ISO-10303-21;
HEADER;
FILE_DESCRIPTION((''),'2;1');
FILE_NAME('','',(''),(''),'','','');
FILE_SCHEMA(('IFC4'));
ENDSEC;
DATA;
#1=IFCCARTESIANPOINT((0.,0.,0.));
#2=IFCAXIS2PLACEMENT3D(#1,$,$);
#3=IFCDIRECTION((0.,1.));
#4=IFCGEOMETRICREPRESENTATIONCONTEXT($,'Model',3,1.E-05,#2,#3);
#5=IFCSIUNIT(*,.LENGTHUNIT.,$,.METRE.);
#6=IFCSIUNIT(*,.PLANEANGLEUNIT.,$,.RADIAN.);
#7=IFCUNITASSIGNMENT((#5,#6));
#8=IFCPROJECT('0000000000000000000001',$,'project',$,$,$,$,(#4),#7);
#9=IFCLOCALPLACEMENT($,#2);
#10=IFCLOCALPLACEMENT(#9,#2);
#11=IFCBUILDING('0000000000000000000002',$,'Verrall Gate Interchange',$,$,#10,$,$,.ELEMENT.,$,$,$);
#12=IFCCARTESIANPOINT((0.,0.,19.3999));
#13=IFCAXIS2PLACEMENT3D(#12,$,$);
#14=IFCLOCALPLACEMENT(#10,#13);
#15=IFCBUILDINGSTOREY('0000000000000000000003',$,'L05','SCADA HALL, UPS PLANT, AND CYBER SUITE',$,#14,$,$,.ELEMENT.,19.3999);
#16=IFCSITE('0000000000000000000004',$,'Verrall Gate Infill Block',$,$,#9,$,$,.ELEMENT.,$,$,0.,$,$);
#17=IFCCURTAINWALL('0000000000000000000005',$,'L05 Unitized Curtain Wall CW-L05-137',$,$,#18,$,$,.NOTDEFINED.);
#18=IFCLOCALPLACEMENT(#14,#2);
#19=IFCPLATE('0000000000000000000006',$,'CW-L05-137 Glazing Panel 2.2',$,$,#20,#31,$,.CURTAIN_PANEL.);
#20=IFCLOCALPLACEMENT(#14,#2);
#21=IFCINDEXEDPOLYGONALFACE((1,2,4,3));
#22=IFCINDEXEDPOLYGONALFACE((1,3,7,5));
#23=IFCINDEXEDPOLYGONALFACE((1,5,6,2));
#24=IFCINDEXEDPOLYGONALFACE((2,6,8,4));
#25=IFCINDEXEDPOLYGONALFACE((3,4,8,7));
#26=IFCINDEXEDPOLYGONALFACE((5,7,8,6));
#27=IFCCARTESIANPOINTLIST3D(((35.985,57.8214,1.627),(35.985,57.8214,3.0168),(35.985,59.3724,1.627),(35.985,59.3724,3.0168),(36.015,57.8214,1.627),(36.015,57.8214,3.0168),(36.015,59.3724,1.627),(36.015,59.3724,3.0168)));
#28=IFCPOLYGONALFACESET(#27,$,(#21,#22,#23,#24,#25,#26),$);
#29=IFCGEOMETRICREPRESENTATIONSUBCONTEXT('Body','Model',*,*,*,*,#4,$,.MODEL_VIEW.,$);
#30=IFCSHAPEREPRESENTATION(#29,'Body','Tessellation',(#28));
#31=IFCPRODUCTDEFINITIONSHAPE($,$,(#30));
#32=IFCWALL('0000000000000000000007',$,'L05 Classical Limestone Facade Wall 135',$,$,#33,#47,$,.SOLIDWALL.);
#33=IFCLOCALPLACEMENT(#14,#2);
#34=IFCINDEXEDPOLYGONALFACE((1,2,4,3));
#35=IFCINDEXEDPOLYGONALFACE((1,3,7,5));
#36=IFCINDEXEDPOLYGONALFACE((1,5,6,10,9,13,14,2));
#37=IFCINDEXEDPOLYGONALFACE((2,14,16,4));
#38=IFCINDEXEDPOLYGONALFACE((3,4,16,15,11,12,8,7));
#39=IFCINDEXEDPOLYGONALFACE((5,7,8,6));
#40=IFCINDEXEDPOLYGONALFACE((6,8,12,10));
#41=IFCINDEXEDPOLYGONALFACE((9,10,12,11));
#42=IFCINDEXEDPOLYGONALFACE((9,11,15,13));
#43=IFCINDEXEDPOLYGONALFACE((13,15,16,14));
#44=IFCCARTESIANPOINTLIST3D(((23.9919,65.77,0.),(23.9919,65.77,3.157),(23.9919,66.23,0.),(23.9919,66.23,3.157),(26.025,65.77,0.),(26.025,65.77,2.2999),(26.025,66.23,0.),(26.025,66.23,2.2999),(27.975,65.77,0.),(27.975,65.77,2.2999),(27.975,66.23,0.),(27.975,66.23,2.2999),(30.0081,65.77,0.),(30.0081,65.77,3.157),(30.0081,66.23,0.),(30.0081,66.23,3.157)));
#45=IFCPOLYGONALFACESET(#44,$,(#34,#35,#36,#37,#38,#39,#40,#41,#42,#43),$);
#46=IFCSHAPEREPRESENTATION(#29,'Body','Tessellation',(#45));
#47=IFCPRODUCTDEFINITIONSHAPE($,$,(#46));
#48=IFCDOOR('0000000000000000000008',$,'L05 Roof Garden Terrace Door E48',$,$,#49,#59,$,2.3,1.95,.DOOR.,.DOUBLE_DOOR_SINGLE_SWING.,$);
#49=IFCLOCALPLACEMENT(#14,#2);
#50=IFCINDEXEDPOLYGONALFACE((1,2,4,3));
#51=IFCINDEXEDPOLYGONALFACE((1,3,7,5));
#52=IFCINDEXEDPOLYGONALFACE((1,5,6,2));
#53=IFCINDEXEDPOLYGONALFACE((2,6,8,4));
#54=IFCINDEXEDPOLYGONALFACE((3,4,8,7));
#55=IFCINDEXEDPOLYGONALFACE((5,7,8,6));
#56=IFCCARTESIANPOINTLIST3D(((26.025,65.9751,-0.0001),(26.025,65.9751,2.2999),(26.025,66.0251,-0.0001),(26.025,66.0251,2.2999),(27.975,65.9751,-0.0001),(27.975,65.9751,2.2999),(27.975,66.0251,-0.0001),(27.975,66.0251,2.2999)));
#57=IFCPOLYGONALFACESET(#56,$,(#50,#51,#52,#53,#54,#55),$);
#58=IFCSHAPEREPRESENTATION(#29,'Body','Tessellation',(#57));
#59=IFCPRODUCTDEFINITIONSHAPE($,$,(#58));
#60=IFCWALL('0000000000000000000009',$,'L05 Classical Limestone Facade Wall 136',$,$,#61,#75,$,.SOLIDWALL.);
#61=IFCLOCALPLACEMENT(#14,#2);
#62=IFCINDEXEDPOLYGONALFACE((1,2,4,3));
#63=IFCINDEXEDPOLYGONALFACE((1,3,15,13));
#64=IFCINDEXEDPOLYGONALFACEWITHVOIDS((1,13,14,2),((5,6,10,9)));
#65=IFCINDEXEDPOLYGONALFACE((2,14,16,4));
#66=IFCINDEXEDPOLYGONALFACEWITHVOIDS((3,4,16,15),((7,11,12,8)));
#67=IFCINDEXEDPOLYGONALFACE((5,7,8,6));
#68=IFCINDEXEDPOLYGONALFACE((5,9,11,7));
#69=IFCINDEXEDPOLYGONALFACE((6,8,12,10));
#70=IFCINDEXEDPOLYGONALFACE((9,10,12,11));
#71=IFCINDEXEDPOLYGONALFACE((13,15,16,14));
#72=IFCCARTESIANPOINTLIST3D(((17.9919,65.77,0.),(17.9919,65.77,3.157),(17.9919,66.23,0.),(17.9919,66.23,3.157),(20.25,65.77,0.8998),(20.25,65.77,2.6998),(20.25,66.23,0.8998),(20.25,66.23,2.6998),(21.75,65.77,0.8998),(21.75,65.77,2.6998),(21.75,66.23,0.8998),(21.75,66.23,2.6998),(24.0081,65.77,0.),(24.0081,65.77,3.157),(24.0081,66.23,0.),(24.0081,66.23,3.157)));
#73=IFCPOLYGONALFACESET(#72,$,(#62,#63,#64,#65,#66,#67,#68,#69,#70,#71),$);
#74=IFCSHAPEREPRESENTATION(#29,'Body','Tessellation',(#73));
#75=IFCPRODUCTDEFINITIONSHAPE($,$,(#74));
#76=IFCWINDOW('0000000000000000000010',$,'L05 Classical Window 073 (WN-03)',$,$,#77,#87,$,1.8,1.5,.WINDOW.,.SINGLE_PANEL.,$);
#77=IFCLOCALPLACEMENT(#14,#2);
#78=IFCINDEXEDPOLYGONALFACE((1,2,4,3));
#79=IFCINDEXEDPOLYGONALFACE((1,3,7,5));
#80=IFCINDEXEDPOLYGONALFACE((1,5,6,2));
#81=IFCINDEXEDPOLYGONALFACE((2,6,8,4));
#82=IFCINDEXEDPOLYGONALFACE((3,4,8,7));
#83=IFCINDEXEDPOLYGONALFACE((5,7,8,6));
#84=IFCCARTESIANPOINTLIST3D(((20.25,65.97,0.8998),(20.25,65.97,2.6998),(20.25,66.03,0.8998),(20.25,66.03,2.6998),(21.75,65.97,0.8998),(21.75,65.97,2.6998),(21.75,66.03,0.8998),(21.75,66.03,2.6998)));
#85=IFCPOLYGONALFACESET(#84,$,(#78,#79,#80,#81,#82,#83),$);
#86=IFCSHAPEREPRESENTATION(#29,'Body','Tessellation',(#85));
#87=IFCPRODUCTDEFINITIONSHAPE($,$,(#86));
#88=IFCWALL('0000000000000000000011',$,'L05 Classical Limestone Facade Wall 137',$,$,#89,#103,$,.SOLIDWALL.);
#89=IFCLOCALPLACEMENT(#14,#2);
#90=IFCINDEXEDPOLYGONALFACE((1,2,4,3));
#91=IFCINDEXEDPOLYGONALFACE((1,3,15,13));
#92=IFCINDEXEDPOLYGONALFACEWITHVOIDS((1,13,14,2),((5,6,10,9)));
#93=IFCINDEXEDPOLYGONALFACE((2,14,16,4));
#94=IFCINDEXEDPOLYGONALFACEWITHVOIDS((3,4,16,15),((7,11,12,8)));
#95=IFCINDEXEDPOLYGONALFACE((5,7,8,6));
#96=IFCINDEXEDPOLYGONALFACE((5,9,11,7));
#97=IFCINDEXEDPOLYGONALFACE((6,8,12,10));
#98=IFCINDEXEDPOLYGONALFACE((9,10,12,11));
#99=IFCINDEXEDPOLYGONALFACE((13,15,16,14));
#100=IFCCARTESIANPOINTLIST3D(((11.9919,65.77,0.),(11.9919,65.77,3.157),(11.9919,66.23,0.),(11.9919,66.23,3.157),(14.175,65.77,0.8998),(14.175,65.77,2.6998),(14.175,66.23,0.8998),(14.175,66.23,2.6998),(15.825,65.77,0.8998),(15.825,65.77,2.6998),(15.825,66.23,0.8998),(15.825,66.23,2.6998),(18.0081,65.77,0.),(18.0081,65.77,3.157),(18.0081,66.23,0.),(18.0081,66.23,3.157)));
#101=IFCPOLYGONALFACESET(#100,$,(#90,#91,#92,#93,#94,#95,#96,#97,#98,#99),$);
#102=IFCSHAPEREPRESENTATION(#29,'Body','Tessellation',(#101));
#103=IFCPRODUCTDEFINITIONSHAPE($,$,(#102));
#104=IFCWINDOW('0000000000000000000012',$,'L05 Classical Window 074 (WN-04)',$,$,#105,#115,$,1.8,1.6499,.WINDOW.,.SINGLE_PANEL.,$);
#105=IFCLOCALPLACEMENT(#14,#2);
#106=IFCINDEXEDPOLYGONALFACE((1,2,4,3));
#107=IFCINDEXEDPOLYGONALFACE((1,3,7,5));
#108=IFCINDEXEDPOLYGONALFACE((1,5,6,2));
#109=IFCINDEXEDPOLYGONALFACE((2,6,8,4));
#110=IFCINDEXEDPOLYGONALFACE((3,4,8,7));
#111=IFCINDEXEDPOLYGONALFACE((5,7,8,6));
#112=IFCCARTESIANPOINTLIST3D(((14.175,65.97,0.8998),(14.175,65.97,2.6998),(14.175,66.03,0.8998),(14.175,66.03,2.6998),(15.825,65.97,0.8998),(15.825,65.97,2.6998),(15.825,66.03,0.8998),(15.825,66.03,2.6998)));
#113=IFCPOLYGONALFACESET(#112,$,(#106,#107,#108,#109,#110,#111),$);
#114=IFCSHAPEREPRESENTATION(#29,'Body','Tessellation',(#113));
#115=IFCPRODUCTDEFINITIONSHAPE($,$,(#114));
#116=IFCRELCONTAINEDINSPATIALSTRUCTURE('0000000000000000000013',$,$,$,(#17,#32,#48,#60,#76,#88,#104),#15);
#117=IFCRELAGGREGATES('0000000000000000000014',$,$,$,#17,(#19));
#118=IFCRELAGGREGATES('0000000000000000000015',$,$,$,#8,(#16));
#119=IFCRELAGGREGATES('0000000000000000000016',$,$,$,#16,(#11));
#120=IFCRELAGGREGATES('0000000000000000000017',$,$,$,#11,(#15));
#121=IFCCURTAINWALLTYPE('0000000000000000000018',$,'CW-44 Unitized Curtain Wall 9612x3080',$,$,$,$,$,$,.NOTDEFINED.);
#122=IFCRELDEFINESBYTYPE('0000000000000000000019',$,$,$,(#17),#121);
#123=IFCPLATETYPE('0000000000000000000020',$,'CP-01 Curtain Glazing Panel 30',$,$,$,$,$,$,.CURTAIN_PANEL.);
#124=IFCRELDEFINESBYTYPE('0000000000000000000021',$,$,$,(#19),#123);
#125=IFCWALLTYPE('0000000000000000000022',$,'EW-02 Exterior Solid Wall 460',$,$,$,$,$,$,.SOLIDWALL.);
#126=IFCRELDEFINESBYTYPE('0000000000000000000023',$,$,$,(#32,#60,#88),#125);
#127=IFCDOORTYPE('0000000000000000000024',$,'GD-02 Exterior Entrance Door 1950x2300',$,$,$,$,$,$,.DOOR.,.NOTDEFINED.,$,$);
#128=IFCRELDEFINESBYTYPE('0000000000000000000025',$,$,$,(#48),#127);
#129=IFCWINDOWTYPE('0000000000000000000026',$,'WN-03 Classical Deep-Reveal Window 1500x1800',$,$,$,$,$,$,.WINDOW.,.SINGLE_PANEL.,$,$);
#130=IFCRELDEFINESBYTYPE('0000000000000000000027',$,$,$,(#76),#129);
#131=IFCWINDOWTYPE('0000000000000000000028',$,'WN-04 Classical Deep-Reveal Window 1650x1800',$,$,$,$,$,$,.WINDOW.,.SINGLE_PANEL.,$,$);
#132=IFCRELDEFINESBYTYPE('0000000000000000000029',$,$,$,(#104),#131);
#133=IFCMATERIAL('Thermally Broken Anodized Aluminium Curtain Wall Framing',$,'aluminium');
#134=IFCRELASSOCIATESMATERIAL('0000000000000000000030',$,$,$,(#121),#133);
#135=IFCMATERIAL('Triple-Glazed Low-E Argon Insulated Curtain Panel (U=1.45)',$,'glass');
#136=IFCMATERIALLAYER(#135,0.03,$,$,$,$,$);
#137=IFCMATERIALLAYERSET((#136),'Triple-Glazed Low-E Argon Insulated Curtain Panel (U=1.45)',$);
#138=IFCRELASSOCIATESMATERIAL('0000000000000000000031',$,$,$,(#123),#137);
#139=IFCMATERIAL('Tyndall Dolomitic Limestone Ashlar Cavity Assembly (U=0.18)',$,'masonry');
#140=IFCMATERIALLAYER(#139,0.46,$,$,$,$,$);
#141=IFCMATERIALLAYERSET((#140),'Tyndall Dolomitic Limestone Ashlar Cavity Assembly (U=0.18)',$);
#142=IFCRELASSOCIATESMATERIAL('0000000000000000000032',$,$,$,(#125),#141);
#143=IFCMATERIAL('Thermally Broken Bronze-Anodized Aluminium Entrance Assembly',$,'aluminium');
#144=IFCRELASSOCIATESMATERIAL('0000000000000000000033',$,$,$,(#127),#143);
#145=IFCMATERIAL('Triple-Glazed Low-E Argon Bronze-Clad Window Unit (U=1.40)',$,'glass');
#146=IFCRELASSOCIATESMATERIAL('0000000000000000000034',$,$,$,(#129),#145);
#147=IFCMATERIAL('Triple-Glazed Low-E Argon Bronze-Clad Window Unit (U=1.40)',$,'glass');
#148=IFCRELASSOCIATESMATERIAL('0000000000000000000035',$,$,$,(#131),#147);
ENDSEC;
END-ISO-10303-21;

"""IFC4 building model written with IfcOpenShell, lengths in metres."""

from ifc_helpers import new_model, si_unit, direction, frame, frame_2d, origin, origin_2d, place, context, subcontext, project, spatial, rectangle, extrude, material, layer, layer_set, type_object, element, fill, aggregate, save


model = new_model("IFC4")

# Units and contexts
model_context = context("Model", 3, precision=1e-05, world=origin(), true_north=direction((0.0, 1.0)))
body_context = subcontext(model_context, "Body", "Model", "MODEL_VIEW")
ifc_project = project(units=[si_unit("LENGTHUNIT", "METRE"), si_unit("PLANEANGLEUNIT", "RADIAN")], contexts=[model_context])

# Site, building, storey
site_placement = place(None, origin())
site = spatial("IfcSite", under=ifc_project, at=site_placement, Name="Verrall Gate Infill Block", CompositionType="ELEMENT", RefElevation=0.0)
building_placement = place(site_placement, origin())
building = spatial("IfcBuilding", under=site, at=building_placement, Name="Verrall Gate Interchange", CompositionType="ELEMENT")
storey_placement = place(building_placement, frame((0.0, 0.0, 19.3999)))
storey = spatial("IfcBuildingStorey", under=building, at=storey_placement, Name="L05", Description="SCADA HALL, UPS PLANT, AND CYBER SUITE", CompositionType="ELEMENT", Elevation=19.3999)

# Curtain wall, plate
ifc_material_1 = material(Name="Thermally Broken Anodized Aluminium Curtain Wall Framing", Category="aluminium")
curtain_wall_type = type_object("IfcCurtainWallType", Name="CW-44 Unitized Curtain Wall 9612x3080", PredefinedType="NOTDEFINED", material=ifc_material_1)
curtain_wall_placement = place(storey_placement, origin())
curtain_wall = element("IfcCurtainWall", 1, at=curtain_wall_placement, inside=storey, type_object=curtain_wall_type, Name="L05 Unitized Curtain Wall CW-L05-137", PredefinedType="NOTDEFINED")
ifc_material_2 = material(Name="Triple-Glazed Low-E Argon Insulated Curtain Panel (U=1.45)", Category="glass")
ifc_layer_1 = layer(ifc_material_2, 0.03)
ifc_layer_set_1 = layer_set([ifc_layer_1], Name="Triple-Glazed Low-E Argon Insulated Curtain Panel (U=1.45)")
plate_type_1 = type_object("IfcPlateType", Name="CP-01 Curtain Glazing Panel 30", PredefinedType="CURTAIN_PANEL", material=ifc_layer_set_1)
plate_1_placement = place(storey_placement, frame((36.0, 58.5969, 1.627), z_axis=(0.0, 0.0, 1.0), x_axis=(0.0, 1.0, 0.0)))
plate_1 = element("IfcPlate", 2, at=plate_1_placement, type_object=plate_type_1, Name="CW-L05-137 Glazing Panel 2.2", PredefinedType="CURTAIN_PANEL", context=body_context, shape_type="SweptSolid", body=[
    extrude(rectangle(XDim=1.551, YDim=0.03, at=origin_2d()), origin(), (0.0, 0.0, 1.0), 1.3899),
])
aggregate(curtain_wall, [plate_1])

# Wall, opening, door
ifc_material_3 = material(Name="Tyndall Dolomitic Limestone Ashlar Cavity Assembly (U=0.18)", Category="masonry")
ifc_layer_2 = layer(ifc_material_3, 0.46)
ifc_layer_set_2 = layer_set([ifc_layer_2], Name="Tyndall Dolomitic Limestone Ashlar Cavity Assembly (U=0.18)")
wall_type = type_object("IfcWallType", Name="EW-02 Exterior Solid Wall 460", PredefinedType="SOLIDWALL", material=ifc_layer_set_2)
wall_1_placement = place(storey_placement, frame((30.0081, 66.0, 0.0), z_axis=(0.0, 0.0, 1.0), x_axis=(-1.0, 0.0, 0.0)))
wall_1 = element("IfcWall", 3, at=wall_1_placement, inside=storey, type_object=wall_type, Name="L05 Classical Limestone Facade Wall 135", PredefinedType="SOLIDWALL", context=body_context, shape_type="SweptSolid", body=[
    extrude(rectangle(XDim=6.0161, YDim=0.46, at=frame_2d((3.0081, 0.0))), origin(), (0.0, 0.0, 1.0), 3.157),
])
opening_1_placement = place(wall_1_placement, frame((2.033, 0.0, 0.0)))
opening_1 = element("IfcOpeningElement", 4, at=opening_1_placement, cuts=wall_1, PredefinedType="OPENING", context=body_context, shape_type="SweptSolid", body=[
    extrude(rectangle(XDim=1.95, YDim=2.3, at=frame_2d((0.9751, 1.1499))), frame((0.0, 0.2449, 0.0), z_axis=(0.0, -1.0, 0.0), x_axis=(1.0, 0.0, 0.0)), (0.0, 0.0, 1.0), 0.4897),
])
ifc_material_4 = material(Name="Thermally Broken Bronze-Anodized Aluminium Entrance Assembly", Category="aluminium")
door_type = type_object("IfcDoorType", Name="GD-02 Exterior Entrance Door 1950x2300", OperationType="NOTDEFINED", PredefinedType="DOOR", material=ifc_material_4)
door_placement = place(opening_1_placement, origin())
door = element("IfcDoor", 5, at=door_placement, inside=storey, type_object=door_type, Name="L05 Roof Garden Terrace Door E48", OperationType="DOUBLE_DOOR_SINGLE_SWING", OverallHeight=2.3, OverallWidth=1.95, PredefinedType="DOOR", context=body_context, shape_type="SweptSolid", body=[
    extrude(rectangle(XDim=1.95, YDim=2.3, at=frame_2d((0.9751, 1.1499))), frame((0.0, 0.0249, 0.0), z_axis=(0.0, -1.0, 0.0), x_axis=(1.0, 0.0, 0.0)), (0.0, 0.0, 1.0), 0.05),
])
fill(opening_1, door)

# Walls, openings, windows
wall_2_placement = place(storey_placement, frame((24.0081, 66.0, 0.0), z_axis=(0.0, 0.0, 1.0), x_axis=(-1.0, 0.0, 0.0)))
wall_2 = element("IfcWall", 6, at=wall_2_placement, inside=storey, type_object=wall_type, Name="L05 Classical Limestone Facade Wall 136", PredefinedType="SOLIDWALL", context=body_context, shape_type="SweptSolid", body=[
    extrude(rectangle(XDim=6.0161, YDim=0.46, at=frame_2d((3.0081, 0.0))), origin(), (0.0, 0.0, 1.0), 3.157),
])
opening_2_placement = place(wall_2_placement, frame((2.2581, 0.0, 0.8999)))
opening_2 = element("IfcOpeningElement", 7, at=opening_2_placement, cuts=wall_2, PredefinedType="OPENING", context=body_context, shape_type="SweptSolid", body=[
    extrude(rectangle(XDim=1.5, YDim=1.8, at=frame_2d((0.75, 0.8999))), frame((0.0, 0.2449, 0.0), z_axis=(0.0, -1.0, 0.0), x_axis=(1.0, 0.0, 0.0)), (0.0, 0.0, 1.0), 0.4897),
])
ifc_material_5 = material(Name="Triple-Glazed Low-E Argon Bronze-Clad Window Unit (U=1.40)", Category="glass")
window_type_1 = type_object("IfcWindowType", Name="WN-03 Classical Deep-Reveal Window 1500x1800", PartitioningType="SINGLE_PANEL", PredefinedType="WINDOW", material=ifc_material_5)
window_1_placement = place(opening_2_placement, origin())
window_1 = element("IfcWindow", 8, at=window_1_placement, inside=storey, type_object=window_type_1, Name="L05 Classical Window 073 (WN-03)", OverallHeight=1.8, OverallWidth=1.5, PartitioningType="SINGLE_PANEL", PredefinedType="WINDOW", context=body_context, shape_type="SweptSolid", body=[
    extrude(rectangle(XDim=1.5, YDim=1.8, at=frame_2d((0.75, 0.8999))), frame((0.0, 0.03, 0.0), z_axis=(0.0, -1.0, 0.0), x_axis=(1.0, 0.0, 0.0)), (0.0, 0.0, 1.0), 0.0601),
])
fill(opening_2, window_1)
wall_3_placement = place(storey_placement, frame((18.0081, 66.0, 0.0), z_axis=(0.0, 0.0, 1.0), x_axis=(-1.0, 0.0, 0.0)))
wall_3 = element("IfcWall", 9, at=wall_3_placement, inside=storey, type_object=wall_type, Name="L05 Classical Limestone Facade Wall 137", PredefinedType="SOLIDWALL", context=body_context, shape_type="SweptSolid", body=[
    extrude(rectangle(XDim=6.0161, YDim=0.46, at=frame_2d((3.0081, 0.0))), origin(), (0.0, 0.0, 1.0), 3.157),
])
opening_3_placement = place(wall_3_placement, frame((2.1831, 0.0, 0.8999)))
opening_3 = element("IfcOpeningElement", 10, at=opening_3_placement, cuts=wall_3, PredefinedType="OPENING", context=body_context, shape_type="SweptSolid", body=[
    extrude(rectangle(XDim=1.6499, YDim=1.8, at=frame_2d((0.825, 0.8999))), frame((0.0, 0.2449, 0.0), z_axis=(0.0, -1.0, 0.0), x_axis=(1.0, 0.0, 0.0)), (0.0, 0.0, 1.0), 0.4897),
])
ifc_material_6 = material(Name="Triple-Glazed Low-E Argon Bronze-Clad Window Unit (U=1.40)", Category="glass")
window_type_2 = type_object("IfcWindowType", Name="WN-04 Classical Deep-Reveal Window 1650x1800", PartitioningType="SINGLE_PANEL", PredefinedType="WINDOW", material=ifc_material_6)
window_2_placement = place(opening_3_placement, origin())
window_2 = element("IfcWindow", 11, at=window_2_placement, inside=storey, type_object=window_type_2, Name="L05 Classical Window 074 (WN-04)", OverallHeight=1.8, OverallWidth=1.6499, PartitioningType="SINGLE_PANEL", PredefinedType="WINDOW", context=body_context, shape_type="SweptSolid", body=[
    extrude(rectangle(XDim=1.6499, YDim=1.8, at=frame_2d((0.825, 0.8999))), frame((0.0, 0.03, 0.0), z_axis=(0.0, -1.0, 0.0), x_axis=(1.0, 0.0, 0.0)), (0.0, 0.0, 1.0), 0.0601),
])
fill(opening_3, window_2)

save(model, "model.ifc")
